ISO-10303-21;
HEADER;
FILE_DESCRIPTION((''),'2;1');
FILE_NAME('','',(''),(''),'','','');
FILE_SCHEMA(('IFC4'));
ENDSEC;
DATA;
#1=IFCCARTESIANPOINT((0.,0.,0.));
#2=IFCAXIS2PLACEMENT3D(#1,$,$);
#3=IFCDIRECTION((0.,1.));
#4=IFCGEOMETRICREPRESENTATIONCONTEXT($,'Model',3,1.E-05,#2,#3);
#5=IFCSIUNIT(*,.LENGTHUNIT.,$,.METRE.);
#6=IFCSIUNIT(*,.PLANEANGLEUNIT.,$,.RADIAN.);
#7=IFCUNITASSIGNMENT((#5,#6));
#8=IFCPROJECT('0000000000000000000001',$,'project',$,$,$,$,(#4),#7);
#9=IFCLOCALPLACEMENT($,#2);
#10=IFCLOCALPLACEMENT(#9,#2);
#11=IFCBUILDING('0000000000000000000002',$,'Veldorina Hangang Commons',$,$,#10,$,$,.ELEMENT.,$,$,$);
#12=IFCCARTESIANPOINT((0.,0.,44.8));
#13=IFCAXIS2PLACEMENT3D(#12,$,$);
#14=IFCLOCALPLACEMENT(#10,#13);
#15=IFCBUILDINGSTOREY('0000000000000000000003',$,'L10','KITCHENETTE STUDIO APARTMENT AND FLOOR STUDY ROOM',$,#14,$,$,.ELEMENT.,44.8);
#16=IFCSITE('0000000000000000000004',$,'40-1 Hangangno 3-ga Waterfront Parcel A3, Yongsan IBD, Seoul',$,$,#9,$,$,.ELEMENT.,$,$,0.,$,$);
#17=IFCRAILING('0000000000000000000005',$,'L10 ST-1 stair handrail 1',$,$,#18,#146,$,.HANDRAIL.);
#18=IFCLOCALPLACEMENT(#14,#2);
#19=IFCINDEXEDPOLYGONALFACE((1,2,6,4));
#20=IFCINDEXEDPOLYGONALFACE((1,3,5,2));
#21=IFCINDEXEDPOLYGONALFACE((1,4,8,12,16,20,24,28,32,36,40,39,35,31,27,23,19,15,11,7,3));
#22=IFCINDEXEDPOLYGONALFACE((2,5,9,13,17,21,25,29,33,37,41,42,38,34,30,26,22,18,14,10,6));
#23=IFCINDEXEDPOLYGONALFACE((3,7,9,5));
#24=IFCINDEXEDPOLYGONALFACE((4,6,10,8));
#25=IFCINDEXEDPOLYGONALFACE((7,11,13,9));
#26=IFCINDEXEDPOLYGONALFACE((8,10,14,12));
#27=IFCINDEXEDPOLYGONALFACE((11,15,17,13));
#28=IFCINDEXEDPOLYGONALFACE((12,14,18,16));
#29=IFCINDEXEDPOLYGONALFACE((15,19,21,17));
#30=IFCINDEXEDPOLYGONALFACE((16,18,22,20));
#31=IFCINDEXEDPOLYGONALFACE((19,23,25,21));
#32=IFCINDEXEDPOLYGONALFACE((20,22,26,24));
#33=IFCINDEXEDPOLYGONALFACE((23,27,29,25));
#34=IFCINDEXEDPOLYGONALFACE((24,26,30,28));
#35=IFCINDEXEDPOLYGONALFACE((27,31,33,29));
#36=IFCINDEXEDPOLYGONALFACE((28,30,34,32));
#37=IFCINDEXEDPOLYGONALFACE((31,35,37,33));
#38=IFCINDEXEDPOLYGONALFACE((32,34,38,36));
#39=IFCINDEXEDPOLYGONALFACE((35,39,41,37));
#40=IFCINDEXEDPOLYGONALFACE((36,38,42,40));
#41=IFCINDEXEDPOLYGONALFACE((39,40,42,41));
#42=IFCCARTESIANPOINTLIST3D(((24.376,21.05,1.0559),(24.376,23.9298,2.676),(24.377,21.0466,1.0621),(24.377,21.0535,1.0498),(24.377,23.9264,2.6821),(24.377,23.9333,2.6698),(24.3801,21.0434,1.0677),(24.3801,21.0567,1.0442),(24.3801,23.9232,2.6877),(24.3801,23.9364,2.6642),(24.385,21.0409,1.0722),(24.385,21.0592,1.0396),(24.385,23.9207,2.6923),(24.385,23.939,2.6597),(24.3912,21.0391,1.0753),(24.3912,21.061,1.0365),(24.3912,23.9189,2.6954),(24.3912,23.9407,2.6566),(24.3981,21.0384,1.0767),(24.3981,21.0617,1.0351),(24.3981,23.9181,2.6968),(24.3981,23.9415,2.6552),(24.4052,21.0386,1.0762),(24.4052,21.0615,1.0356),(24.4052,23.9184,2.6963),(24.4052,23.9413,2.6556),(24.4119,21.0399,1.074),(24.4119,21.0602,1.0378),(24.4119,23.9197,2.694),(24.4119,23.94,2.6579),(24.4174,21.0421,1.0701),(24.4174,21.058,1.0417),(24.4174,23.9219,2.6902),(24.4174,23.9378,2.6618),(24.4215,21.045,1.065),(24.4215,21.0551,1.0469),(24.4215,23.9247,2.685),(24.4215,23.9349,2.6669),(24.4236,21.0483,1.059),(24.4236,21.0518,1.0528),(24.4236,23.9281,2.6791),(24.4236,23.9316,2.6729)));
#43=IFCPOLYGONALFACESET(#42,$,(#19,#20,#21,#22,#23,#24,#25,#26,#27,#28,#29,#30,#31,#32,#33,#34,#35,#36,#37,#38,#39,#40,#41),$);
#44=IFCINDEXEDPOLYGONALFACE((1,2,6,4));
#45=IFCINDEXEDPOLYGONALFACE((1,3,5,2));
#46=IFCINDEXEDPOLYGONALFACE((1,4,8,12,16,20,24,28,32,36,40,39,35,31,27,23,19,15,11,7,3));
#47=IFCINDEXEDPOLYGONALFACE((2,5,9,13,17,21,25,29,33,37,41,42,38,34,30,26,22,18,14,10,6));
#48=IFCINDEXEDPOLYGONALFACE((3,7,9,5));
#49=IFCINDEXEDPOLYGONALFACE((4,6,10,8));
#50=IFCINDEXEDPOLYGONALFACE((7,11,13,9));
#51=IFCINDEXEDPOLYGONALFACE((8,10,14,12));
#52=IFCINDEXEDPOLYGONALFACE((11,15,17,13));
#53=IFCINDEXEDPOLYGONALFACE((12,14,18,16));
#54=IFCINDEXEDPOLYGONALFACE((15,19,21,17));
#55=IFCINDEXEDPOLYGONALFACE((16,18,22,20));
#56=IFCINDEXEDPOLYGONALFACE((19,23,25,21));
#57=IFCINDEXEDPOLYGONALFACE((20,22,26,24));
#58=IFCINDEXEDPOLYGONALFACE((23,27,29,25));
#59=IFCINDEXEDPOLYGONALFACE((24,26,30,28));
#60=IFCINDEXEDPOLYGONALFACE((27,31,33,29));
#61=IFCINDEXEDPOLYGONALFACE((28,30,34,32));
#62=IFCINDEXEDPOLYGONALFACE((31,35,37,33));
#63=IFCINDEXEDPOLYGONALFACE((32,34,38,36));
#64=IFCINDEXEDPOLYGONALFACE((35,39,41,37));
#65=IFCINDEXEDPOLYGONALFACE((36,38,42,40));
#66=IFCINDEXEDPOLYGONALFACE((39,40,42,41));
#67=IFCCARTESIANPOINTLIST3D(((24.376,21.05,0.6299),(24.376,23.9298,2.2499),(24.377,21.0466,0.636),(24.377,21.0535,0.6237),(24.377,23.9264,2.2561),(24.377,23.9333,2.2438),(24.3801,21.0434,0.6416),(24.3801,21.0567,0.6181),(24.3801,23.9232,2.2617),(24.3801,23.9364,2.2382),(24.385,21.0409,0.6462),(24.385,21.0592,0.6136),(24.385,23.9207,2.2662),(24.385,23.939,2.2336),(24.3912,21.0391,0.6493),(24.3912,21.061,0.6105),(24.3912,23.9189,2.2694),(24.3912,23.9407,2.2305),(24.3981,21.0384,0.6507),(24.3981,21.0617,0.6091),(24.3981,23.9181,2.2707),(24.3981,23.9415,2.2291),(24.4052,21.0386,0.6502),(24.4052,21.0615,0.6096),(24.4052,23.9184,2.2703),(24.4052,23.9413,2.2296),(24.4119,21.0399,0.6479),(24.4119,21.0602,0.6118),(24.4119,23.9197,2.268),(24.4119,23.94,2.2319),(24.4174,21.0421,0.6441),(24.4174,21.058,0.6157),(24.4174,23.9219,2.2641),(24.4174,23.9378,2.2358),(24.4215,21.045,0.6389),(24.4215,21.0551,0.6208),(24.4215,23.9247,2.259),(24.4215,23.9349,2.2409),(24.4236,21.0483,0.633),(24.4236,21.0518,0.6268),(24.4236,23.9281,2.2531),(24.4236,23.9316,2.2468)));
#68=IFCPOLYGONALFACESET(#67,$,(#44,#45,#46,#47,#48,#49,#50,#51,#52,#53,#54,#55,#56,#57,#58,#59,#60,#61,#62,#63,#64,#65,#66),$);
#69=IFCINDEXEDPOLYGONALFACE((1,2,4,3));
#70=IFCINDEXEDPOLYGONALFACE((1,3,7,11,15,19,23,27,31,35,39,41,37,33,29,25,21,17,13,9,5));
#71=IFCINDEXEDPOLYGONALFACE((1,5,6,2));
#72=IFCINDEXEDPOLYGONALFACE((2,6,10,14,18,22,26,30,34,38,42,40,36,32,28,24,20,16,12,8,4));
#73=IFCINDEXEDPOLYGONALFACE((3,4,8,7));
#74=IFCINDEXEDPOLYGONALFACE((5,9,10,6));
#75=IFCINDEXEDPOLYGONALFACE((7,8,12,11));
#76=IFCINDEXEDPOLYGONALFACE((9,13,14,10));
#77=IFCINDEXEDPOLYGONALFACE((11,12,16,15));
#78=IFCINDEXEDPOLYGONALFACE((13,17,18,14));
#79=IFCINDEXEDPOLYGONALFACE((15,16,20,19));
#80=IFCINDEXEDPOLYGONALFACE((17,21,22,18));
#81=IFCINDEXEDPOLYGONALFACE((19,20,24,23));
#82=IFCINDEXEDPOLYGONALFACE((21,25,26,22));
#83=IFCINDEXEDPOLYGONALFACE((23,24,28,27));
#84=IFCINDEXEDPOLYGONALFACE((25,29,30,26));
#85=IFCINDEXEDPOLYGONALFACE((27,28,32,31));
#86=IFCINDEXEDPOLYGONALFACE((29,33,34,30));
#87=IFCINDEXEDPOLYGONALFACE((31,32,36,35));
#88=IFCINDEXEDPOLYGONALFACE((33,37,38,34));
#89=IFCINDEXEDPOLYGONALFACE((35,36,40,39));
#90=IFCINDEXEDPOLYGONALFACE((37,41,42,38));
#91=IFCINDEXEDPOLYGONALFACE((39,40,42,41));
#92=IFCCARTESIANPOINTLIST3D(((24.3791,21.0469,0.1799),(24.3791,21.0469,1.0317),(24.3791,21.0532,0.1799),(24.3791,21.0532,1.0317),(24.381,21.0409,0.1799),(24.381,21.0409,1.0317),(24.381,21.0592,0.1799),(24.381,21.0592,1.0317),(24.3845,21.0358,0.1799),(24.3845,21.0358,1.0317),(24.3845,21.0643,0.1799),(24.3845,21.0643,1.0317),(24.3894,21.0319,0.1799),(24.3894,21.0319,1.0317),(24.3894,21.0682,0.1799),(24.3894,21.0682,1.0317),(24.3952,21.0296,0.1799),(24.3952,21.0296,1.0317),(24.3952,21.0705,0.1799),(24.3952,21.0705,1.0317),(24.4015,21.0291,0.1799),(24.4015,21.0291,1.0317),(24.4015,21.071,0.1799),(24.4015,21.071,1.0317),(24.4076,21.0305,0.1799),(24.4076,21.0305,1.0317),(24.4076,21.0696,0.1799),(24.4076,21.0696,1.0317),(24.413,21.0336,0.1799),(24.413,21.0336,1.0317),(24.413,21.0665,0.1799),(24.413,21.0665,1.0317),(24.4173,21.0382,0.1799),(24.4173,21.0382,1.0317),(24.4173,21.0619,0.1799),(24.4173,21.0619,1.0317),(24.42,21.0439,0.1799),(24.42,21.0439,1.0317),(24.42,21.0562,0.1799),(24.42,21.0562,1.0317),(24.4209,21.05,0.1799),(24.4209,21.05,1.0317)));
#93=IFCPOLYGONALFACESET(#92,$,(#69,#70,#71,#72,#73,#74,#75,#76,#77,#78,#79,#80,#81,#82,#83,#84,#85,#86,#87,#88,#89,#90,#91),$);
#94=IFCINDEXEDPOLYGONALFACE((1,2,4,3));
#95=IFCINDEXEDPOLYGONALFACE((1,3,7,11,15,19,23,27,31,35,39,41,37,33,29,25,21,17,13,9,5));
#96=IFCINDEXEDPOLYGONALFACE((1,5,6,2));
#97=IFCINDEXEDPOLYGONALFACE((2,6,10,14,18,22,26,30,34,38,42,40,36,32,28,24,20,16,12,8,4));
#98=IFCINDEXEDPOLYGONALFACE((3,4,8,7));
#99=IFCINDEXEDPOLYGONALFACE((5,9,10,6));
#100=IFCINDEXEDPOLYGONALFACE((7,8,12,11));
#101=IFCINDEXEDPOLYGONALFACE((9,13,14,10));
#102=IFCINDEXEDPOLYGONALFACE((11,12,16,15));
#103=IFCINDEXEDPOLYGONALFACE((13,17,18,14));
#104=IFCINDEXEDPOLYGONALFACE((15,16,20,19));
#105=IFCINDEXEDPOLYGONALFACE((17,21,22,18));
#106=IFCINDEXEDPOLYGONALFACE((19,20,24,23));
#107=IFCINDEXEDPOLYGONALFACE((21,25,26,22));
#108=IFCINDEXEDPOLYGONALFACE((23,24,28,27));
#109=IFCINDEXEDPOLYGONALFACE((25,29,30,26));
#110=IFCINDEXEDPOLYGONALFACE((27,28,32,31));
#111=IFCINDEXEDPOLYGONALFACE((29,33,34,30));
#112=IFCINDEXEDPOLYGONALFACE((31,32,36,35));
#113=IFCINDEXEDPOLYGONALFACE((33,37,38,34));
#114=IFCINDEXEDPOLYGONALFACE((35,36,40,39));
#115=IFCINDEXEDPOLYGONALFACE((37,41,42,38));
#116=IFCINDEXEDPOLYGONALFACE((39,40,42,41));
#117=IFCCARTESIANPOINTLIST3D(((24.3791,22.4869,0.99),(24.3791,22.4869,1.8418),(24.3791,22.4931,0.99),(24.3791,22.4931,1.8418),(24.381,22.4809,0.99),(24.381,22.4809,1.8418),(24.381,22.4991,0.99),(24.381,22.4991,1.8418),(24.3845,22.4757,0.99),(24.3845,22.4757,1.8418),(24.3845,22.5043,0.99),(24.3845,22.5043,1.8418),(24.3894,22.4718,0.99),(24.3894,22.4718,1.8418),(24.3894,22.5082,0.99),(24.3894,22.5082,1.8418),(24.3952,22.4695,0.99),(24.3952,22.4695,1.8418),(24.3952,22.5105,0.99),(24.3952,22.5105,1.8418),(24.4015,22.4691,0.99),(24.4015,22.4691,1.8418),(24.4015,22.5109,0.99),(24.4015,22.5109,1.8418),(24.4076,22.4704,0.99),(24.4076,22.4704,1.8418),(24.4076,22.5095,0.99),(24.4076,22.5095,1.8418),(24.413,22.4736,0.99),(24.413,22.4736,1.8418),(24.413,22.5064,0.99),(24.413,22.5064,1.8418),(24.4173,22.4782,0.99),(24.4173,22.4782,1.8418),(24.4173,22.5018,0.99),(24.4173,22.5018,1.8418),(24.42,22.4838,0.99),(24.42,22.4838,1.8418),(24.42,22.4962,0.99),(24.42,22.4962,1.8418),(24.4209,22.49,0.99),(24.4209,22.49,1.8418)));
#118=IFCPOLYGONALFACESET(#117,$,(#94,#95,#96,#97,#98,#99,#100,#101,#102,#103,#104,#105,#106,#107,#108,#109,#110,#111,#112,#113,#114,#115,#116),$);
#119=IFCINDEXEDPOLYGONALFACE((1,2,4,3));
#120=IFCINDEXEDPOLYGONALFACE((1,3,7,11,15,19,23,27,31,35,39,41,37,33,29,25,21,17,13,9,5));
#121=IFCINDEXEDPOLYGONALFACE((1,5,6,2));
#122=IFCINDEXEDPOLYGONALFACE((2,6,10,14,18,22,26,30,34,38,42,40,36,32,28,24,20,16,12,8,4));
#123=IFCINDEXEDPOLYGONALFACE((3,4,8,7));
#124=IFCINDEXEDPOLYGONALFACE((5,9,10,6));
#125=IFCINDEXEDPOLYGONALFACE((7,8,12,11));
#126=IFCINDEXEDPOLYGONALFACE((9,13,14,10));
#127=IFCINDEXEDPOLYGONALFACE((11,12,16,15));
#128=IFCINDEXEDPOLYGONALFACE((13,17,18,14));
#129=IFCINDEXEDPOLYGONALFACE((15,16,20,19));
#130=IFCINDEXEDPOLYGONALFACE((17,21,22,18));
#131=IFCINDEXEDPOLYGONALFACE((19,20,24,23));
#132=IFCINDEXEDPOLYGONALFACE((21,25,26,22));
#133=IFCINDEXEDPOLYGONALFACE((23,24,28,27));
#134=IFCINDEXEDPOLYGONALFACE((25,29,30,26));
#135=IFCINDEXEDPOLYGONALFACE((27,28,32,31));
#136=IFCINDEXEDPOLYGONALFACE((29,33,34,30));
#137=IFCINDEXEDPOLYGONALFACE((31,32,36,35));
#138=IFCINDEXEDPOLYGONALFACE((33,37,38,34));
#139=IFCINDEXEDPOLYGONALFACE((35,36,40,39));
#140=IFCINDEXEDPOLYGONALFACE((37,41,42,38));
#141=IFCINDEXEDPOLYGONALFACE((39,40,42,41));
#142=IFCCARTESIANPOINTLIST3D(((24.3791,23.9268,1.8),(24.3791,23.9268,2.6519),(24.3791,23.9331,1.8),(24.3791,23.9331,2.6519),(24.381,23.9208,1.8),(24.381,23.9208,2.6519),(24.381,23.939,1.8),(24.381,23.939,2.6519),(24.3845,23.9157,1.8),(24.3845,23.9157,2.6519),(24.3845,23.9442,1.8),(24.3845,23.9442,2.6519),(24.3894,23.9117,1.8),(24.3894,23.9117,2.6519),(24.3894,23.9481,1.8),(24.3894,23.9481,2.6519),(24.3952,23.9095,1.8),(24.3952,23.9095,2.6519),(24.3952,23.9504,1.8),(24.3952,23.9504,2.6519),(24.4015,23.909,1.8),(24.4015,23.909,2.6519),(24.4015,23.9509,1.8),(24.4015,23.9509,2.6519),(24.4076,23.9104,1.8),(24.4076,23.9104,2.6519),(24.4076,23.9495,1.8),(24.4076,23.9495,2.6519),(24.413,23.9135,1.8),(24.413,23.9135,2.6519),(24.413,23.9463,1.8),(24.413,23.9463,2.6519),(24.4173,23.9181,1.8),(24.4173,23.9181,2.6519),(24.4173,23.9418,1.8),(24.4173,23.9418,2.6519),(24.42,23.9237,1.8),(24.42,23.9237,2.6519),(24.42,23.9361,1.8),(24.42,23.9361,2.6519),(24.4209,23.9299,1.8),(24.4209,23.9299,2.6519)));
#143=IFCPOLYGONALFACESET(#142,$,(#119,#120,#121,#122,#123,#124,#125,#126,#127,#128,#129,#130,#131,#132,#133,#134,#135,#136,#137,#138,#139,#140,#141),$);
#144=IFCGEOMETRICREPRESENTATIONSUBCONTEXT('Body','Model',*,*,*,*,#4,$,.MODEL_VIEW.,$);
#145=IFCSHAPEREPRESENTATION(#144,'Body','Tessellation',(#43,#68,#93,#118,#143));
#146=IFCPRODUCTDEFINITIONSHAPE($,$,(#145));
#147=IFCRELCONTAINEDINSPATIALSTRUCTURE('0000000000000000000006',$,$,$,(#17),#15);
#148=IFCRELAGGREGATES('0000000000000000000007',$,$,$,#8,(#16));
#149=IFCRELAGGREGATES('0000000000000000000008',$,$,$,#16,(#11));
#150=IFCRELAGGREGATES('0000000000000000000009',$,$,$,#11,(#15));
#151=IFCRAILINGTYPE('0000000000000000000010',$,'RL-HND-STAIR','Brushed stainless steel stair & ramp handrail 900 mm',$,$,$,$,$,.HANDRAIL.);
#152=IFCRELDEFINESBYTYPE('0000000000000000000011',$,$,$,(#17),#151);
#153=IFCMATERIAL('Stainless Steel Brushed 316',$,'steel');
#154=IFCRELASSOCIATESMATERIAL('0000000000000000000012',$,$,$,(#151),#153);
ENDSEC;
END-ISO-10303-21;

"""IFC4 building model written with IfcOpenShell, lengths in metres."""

from ifc_helpers import new_model, si_unit, direction, frame, origin, origin_2d, place, context, subcontext, project, spatial, circle, extrude, material, type_object, element, save


model = new_model("IFC4")

# Units and contexts
model_context = context("Model", 3, precision=1e-05, world=origin(), true_north=direction((0.0, 1.0)))
body_context = subcontext(model_context, "Body", "Model", "MODEL_VIEW")
ifc_project = project(units=[si_unit("LENGTHUNIT", "METRE"), si_unit("PLANEANGLEUNIT", "RADIAN")], contexts=[model_context])

# Site, building, storey
site_placement = place(None, origin())
site = spatial("IfcSite", under=ifc_project, at=site_placement, Name="40-1 Hangangno 3-ga Waterfront Parcel A3, Yongsan IBD, Seoul", CompositionType="ELEMENT", RefElevation=0.0)
building_placement = place(site_placement, origin())
building = spatial("IfcBuilding", under=site, at=building_placement, Name="Veldorina Hangang Commons", CompositionType="ELEMENT")
storey_placement = place(building_placement, frame((0.0, 0.0, 44.8)))
storey = spatial("IfcBuildingStorey", under=building, at=storey_placement, Name="L10", Description="KITCHENETTE STUDIO APARTMENT AND FLOOR STUDY ROOM", CompositionType="ELEMENT", Elevation=44.8)

# Railing
ifc_material_1 = material(Name="Stainless Steel Brushed 316", Category="steel")
railing_type_1 = type_object("IfcRailingType", Name="RL-HND-STAIR", Description="Brushed stainless steel stair & ramp handrail 900 mm", PredefinedType="HANDRAIL", material=ifc_material_1)
railing_1_placement = place(storey_placement, frame((24.3999, 21.05, 0.1799)))
element("IfcRailing", 1, at=railing_1_placement, inside=storey, type_object=railing_type_1, Name="L10 ST-1 stair handrail 1", PredefinedType="HANDRAIL", context=body_context, shape_type="SweptSolid", body=[
    extrude(circle(Radius=0.0239, at=origin_2d()), frame((0.0, 0.0, 0.876), z_axis=(0.0, 0.871552, 0.490303), x_axis=(-1.0, 0.0, 0.0)), (0.0, 0.0, 1.0), 3.3042),
    extrude(circle(Radius=0.0239, at=origin_2d()), frame((0.0, 0.0, 0.45), z_axis=(0.0, 0.871552, 0.490303), x_axis=(-1.0, 0.0, 0.0)), (0.0, 0.0, 1.0), 3.3042),
    extrude(circle(Radius=0.021, at=origin_2d()), origin(), (0.0, 0.0, 1.0), 0.8518),
    extrude(circle(Radius=0.021, at=origin_2d()), frame((0.0, 1.4399, 0.8101)), (0.0, 0.0, 1.0), 0.8518),
    extrude(circle(Radius=0.021, at=origin_2d()), frame((0.0, 2.8799, 1.6201)), (0.0, 0.0, 1.0), 0.8518),
])

save(model, "model.ifc")
